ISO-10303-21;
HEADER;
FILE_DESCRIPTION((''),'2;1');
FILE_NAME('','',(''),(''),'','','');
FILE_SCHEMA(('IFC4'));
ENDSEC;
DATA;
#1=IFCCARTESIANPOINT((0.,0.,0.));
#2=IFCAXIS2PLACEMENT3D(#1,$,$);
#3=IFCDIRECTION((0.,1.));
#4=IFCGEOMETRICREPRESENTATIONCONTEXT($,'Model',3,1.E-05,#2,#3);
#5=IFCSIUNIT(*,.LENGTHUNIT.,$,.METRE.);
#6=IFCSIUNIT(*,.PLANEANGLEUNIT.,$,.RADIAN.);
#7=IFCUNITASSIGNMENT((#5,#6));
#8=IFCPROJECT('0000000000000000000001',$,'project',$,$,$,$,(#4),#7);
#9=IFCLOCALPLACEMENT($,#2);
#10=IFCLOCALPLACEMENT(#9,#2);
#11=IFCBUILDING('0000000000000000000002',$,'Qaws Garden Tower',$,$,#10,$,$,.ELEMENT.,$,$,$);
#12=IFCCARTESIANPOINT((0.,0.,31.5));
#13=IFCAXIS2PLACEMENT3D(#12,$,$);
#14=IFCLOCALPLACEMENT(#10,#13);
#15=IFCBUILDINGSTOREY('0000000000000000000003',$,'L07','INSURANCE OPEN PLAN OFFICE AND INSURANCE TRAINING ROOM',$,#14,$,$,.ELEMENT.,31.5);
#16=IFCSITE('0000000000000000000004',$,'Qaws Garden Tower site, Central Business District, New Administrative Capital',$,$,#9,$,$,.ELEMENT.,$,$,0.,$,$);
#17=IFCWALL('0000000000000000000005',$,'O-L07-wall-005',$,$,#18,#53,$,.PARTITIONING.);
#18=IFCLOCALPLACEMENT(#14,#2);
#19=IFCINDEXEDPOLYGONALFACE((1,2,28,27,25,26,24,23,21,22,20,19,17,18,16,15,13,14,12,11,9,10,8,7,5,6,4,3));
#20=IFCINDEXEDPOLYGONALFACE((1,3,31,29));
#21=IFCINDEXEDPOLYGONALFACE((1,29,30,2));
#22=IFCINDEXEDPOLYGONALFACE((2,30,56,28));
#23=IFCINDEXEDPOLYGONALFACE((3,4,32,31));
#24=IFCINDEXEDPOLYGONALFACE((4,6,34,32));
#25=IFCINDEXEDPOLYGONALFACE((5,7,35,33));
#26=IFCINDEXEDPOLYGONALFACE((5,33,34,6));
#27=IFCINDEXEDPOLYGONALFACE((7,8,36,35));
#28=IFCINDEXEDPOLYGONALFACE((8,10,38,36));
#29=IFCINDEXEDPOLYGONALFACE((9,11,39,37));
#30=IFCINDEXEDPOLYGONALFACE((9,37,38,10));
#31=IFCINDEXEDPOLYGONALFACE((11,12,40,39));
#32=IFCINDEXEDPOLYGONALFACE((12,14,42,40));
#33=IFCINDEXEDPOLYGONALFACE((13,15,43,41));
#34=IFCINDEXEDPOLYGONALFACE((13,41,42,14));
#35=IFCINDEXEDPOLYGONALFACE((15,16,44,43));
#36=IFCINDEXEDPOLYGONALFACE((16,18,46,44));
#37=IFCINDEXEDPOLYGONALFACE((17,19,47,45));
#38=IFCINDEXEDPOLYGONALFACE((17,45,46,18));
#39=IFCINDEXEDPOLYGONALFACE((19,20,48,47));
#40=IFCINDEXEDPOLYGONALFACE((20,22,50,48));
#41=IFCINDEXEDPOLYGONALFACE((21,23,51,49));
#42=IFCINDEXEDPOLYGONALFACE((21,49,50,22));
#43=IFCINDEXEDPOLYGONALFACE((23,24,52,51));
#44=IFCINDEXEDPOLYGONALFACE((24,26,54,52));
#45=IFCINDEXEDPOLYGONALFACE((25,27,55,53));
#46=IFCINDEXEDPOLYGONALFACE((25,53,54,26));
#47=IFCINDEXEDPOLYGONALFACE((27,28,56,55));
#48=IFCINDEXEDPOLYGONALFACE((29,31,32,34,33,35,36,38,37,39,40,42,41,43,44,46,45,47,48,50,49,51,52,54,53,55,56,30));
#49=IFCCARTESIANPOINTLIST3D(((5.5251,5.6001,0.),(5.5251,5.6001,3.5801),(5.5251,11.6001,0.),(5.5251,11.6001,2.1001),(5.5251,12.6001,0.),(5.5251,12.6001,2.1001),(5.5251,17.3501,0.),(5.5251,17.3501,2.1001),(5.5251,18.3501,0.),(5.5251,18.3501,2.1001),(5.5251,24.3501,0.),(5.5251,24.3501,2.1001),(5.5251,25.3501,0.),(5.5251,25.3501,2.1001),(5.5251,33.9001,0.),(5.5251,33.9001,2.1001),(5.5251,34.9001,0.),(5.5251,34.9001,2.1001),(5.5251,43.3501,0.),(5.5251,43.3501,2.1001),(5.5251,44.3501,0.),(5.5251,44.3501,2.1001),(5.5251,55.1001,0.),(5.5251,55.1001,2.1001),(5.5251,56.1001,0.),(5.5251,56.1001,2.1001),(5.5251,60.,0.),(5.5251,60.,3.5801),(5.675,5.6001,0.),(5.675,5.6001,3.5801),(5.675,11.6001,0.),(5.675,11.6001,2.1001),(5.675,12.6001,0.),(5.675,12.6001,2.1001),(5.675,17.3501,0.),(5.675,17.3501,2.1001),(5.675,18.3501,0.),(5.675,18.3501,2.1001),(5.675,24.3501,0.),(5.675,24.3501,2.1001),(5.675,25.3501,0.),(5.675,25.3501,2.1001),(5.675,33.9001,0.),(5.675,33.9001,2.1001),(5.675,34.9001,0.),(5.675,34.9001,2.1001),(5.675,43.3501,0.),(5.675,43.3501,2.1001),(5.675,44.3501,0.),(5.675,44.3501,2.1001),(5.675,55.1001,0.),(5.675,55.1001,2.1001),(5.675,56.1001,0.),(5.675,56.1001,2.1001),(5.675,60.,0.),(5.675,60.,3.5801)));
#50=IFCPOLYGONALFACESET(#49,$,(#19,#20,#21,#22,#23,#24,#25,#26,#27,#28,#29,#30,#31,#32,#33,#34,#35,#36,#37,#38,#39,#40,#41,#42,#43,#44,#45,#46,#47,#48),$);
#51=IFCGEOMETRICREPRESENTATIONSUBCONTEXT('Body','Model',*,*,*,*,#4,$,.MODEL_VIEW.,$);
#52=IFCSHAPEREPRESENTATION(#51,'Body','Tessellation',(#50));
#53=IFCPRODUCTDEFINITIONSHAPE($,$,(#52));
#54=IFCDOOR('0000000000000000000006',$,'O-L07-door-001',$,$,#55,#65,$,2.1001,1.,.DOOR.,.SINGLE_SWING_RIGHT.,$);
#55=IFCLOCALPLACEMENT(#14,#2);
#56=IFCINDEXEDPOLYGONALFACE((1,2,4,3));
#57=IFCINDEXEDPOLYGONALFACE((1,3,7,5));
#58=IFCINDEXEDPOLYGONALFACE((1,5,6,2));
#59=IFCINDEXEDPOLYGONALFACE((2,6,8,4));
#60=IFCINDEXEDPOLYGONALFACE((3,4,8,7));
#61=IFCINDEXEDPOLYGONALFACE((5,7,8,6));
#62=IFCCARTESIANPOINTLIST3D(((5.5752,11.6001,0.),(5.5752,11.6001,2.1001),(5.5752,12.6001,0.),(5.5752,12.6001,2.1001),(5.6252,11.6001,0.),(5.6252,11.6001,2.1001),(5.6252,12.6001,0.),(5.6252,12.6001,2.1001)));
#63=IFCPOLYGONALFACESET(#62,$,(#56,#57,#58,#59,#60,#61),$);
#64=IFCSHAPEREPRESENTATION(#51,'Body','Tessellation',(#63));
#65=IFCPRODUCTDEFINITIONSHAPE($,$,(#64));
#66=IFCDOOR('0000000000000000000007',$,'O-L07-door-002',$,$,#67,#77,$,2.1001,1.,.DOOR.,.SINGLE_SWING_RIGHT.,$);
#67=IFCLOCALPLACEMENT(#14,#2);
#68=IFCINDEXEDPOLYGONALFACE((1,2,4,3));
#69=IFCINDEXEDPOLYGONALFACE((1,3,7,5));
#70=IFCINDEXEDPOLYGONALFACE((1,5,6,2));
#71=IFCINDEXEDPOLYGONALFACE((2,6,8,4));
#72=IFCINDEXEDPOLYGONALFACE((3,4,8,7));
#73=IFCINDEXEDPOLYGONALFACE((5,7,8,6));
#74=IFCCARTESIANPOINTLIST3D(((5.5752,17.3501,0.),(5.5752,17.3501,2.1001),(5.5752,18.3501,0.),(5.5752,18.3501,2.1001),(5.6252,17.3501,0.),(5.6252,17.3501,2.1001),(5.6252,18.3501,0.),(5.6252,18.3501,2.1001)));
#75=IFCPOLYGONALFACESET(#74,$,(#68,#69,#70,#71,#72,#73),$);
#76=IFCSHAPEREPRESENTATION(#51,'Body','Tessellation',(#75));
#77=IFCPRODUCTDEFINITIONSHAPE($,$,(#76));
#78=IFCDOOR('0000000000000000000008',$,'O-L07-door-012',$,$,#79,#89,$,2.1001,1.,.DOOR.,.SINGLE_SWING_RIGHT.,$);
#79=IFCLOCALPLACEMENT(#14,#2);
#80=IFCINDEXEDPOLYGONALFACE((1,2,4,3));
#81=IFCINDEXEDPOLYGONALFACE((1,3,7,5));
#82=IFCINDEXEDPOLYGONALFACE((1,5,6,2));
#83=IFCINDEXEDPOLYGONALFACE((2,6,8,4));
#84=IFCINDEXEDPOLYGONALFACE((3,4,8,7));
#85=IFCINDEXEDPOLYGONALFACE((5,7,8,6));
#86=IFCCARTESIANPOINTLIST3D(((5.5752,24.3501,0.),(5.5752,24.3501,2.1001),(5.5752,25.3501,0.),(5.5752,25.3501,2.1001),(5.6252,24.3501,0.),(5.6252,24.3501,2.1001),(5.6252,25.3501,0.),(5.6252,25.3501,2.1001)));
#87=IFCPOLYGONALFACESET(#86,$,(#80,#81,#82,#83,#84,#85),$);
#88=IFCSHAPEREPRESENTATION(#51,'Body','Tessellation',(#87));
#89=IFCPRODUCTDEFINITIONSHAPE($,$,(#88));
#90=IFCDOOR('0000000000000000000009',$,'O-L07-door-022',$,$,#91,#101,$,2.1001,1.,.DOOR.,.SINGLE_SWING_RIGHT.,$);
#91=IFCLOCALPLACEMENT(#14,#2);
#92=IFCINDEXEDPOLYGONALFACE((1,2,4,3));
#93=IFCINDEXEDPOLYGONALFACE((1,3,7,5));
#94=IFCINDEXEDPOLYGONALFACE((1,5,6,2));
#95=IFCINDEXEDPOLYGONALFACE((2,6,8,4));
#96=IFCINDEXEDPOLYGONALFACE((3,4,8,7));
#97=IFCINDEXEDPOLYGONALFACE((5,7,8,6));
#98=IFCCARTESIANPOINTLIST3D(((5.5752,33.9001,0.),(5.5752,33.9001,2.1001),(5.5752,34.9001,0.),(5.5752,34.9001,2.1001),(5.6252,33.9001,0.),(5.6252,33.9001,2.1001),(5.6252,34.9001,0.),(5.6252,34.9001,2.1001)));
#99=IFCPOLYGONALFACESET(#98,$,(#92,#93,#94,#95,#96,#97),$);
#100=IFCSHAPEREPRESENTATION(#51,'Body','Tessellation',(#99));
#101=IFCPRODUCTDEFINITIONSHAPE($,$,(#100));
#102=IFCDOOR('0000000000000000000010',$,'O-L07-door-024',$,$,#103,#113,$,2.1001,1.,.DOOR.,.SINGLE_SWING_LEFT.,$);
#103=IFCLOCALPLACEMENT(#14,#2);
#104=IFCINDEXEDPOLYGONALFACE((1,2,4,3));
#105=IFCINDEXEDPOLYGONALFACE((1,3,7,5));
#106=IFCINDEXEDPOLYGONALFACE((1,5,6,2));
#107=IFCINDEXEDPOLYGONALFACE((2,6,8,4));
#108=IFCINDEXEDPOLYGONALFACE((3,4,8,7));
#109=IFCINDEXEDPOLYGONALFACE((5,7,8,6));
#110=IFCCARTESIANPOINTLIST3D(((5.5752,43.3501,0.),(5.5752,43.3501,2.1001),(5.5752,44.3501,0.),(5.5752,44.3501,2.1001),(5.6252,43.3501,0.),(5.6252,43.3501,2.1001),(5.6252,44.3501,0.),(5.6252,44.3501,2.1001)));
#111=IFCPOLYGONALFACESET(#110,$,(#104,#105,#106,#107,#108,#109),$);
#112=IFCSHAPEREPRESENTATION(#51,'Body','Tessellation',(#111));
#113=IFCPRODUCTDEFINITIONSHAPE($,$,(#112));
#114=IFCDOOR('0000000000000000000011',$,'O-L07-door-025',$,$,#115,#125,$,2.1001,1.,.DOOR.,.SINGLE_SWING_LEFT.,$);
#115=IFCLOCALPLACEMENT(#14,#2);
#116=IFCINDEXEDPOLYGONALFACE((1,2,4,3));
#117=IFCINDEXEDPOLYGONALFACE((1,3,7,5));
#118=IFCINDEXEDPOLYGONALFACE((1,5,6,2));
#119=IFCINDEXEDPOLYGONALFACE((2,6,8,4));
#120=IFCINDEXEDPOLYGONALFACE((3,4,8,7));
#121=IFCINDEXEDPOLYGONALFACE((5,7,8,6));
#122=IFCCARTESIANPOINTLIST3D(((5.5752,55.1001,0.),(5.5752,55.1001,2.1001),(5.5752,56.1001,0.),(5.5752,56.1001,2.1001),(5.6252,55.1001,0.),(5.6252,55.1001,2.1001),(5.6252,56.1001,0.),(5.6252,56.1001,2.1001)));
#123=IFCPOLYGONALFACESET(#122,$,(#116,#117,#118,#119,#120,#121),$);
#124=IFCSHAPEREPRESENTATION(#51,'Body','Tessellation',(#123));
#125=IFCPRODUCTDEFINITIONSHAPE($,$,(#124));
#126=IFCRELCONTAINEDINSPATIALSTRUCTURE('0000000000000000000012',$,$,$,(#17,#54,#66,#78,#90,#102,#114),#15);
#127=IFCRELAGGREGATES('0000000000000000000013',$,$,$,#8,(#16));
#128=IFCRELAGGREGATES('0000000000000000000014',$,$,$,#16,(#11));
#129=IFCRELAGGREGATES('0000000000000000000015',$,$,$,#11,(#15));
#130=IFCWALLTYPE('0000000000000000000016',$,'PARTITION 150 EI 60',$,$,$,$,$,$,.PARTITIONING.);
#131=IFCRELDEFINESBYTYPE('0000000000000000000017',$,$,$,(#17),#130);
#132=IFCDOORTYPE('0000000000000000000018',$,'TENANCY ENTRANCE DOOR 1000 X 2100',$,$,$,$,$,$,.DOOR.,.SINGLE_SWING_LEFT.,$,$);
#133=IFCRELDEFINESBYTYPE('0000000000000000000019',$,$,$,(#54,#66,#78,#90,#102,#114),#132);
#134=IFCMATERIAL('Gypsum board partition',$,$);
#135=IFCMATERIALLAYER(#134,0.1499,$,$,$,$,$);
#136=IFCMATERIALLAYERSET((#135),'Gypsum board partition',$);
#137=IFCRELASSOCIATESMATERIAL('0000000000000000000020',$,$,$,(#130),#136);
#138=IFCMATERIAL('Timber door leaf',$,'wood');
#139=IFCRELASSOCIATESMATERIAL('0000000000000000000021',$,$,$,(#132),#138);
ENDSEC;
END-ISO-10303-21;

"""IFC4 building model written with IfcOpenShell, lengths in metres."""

from ifc_helpers import new_model, si_unit, direction, frame, frame_2d, origin, place, context, subcontext, project, spatial, rectangle, extrude, material, layer, layer_set, type_object, element, fill, save


model = new_model("IFC4")

# Units and contexts
model_context = context("Model", 3, precision=1e-05, world=origin(), true_north=direction((0.0, 1.0)))
body_context = subcontext(model_context, "Body", "Model", "MODEL_VIEW")
ifc_project = project(units=[si_unit("LENGTHUNIT", "METRE"), si_unit("PLANEANGLEUNIT", "RADIAN")], contexts=[model_context])

# Site, building, storey
site_placement = place(None, origin())
site = spatial("IfcSite", under=ifc_project, at=site_placement, Name="Qaws Garden Tower site, Central Business District, New Administrative Capital", CompositionType="ELEMENT", RefElevation=0.0)
building_placement = place(site_placement, origin())
building = spatial("IfcBuilding", under=site, at=building_placement, Name="Qaws Garden Tower", CompositionType="ELEMENT")
storey_placement = place(building_placement, frame((0.0, 0.0, 31.5)))
storey = spatial("IfcBuildingStorey", under=building, at=storey_placement, Name="L07", Description="INSURANCE OPEN PLAN OFFICE AND INSURANCE TRAINING ROOM", CompositionType="ELEMENT", Elevation=31.5)

# Wall, openings, doors
ifc_material_1 = material(Name="Gypsum board partition")
ifc_layer_1 = layer(ifc_material_1, 0.1499)
ifc_layer_set_1 = layer_set([ifc_layer_1], Name="Gypsum board partition")
wall_type_1 = type_object("IfcWallType", Name="PARTITION 150 EI 60", PredefinedType="PARTITIONING", material=ifc_layer_set_1)
wall_1_placement = place(storey_placement, frame((5.6001, 5.6001, 0.0), z_axis=(0.0, 0.0, 1.0), x_axis=(0.0, 1.0, 0.0)))
wall_1 = element("IfcWall", 1, at=wall_1_placement, inside=storey, type_object=wall_type_1, Name="O-L07-wall-005", PredefinedType="PARTITIONING", context=body_context, shape_type="SweptSolid", body=[
    extrude(rectangle(XDim=54.3999, YDim=0.1499, at=frame_2d((27.2, 0.0))), origin(), (0.0, 0.0, 1.0), 3.5801),
])
opening_1_placement = place(wall_1_placement, frame((6.0, 0.0, 0.0)))
opening_1 = element("IfcOpeningElement", 2, at=opening_1_placement, cuts=wall_1, PredefinedType="OPENING", context=body_context, shape_type="SweptSolid", body=[
    extrude(rectangle(XDim=1.0, YDim=2.1001, at=frame_2d((0.5, 1.05))), frame((0.0, 0.085, 0.0), z_axis=(0.0, -1.0, 0.0), x_axis=(1.0, 0.0, 0.0)), (0.0, 0.0, 1.0), 0.1699),
])
opening_2_placement = place(wall_1_placement, frame((11.75, 0.0, 0.0)))
opening_2 = element("IfcOpeningElement", 3, at=opening_2_placement, cuts=wall_1, PredefinedType="OPENING", context=body_context, shape_type="SweptSolid", body=[
    extrude(rectangle(XDim=1.0, YDim=2.1001, at=frame_2d((0.5, 1.05))), frame((0.0, 0.085, 0.0), z_axis=(0.0, -1.0, 0.0), x_axis=(1.0, 0.0, 0.0)), (0.0, 0.0, 1.0), 0.1699),
])
opening_3_placement = place(wall_1_placement, frame((18.75, 0.0, 0.0)))
opening_3 = element("IfcOpeningElement", 4, at=opening_3_placement, cuts=wall_1, PredefinedType="OPENING", context=body_context, shape_type="SweptSolid", body=[
    extrude(rectangle(XDim=1.0, YDim=2.1001, at=frame_2d((0.5, 1.05))), frame((0.0, 0.085, 0.0), z_axis=(0.0, -1.0, 0.0), x_axis=(1.0, 0.0, 0.0)), (0.0, 0.0, 1.0), 0.1699),
])
opening_4_placement = place(wall_1_placement, frame((28.3, 0.0, 0.0)))
opening_4 = element("IfcOpeningElement", 5, at=opening_4_placement, cuts=wall_1, PredefinedType="OPENING", context=body_context, shape_type="SweptSolid", body=[
    extrude(rectangle(XDim=1.0, YDim=2.1001, at=frame_2d((0.5, 1.05))), frame((0.0, 0.085, 0.0), z_axis=(0.0, -1.0, 0.0), x_axis=(1.0, 0.0, 0.0)), (0.0, 0.0, 1.0), 0.1699),
])
opening_5_placement = place(wall_1_placement, frame((37.75, 0.0, 0.0)))
opening_5 = element("IfcOpeningElement", 6, at=opening_5_placement, cuts=wall_1, PredefinedType="OPENING", context=body_context, shape_type="SweptSolid", body=[
    extrude(rectangle(XDim=1.0, YDim=2.1001, at=frame_2d((0.5, 1.05))), frame((0.0, 0.085, 0.0), z_axis=(0.0, -1.0, 0.0), x_axis=(1.0, 0.0, 0.0)), (0.0, 0.0, 1.0), 0.1699),
])
opening_6_placement = place(wall_1_placement, frame((49.5, 0.0, 0.0)))
opening_6 = element("IfcOpeningElement", 7, at=opening_6_placement, cuts=wall_1, PredefinedType="OPENING", context=body_context, shape_type="SweptSolid", body=[
    extrude(rectangle(XDim=1.0, YDim=2.1001, at=frame_2d((0.5, 1.05))), frame((0.0, 0.085, 0.0), z_axis=(0.0, -1.0, 0.0), x_axis=(1.0, 0.0, 0.0)), (0.0, 0.0, 1.0), 0.1699),
])
ifc_material_2 = material(Name="Timber door leaf", Category="wood")
door_type_1 = type_object("IfcDoorType", Name="TENANCY ENTRANCE DOOR 1000 X 2100", OperationType="SINGLE_SWING_LEFT", PredefinedType="DOOR", material=ifc_material_2)
door_1_placement = place(opening_1_placement, origin())
door_1 = element("IfcDoor", 8, at=door_1_placement, inside=storey, type_object=door_type_1, Name="O-L07-door-001", OperationType="SINGLE_SWING_RIGHT", OverallHeight=2.1001, OverallWidth=1.0, PredefinedType="DOOR", context=body_context, shape_type="SweptSolid", body=[
    extrude(rectangle(XDim=1.0, YDim=2.1001, at=frame_2d((0.5, 1.05))), frame((0.0, 0.0249, 0.0), z_axis=(0.0, -1.0, 0.0), x_axis=(1.0, 0.0, 0.0)), (0.0, 0.0, 1.0), 0.05),
])
fill(opening_1, door_1)
door_2_placement = place(opening_2_placement, origin())
door_2 = element("IfcDoor", 9, at=door_2_placement, inside=storey, type_object=door_type_1, Name="O-L07-door-002", OperationType="SINGLE_SWING_RIGHT", OverallHeight=2.1001, OverallWidth=1.0, PredefinedType="DOOR", context=body_context, shape_type="SweptSolid", body=[
    extrude(rectangle(XDim=1.0, YDim=2.1001, at=frame_2d((0.5, 1.05))), frame((0.0, 0.0249, 0.0), z_axis=(0.0, -1.0, 0.0), x_axis=(1.0, 0.0, 0.0)), (0.0, 0.0, 1.0), 0.05),
])
fill(opening_2, door_2)
door_3_placement = place(opening_3_placement, origin())
door_3 = element("IfcDoor", 10, at=door_3_placement, inside=storey, type_object=door_type_1, Name="O-L07-door-012", OperationType="SINGLE_SWING_RIGHT", OverallHeight=2.1001, OverallWidth=1.0, PredefinedType="DOOR", context=body_context, shape_type="SweptSolid", body=[
    extrude(rectangle(XDim=1.0, YDim=2.1001, at=frame_2d((0.5, 1.05))), frame((0.0, 0.0249, 0.0), z_axis=(0.0, -1.0, 0.0), x_axis=(1.0, 0.0, 0.0)), (0.0, 0.0, 1.0), 0.05),
])
fill(opening_3, door_3)
door_4_placement = place(opening_4_placement, origin())
door_4 = element("IfcDoor", 11, at=door_4_placement, inside=storey, type_object=door_type_1, Name="O-L07-door-022", OperationType="SINGLE_SWING_RIGHT", OverallHeight=2.1001, OverallWidth=1.0, PredefinedType="DOOR", context=body_context, shape_type="SweptSolid", body=[
    extrude(rectangle(XDim=1.0, YDim=2.1001, at=frame_2d((0.5, 1.05))), frame((0.0, 0.0249, 0.0), z_axis=(0.0, -1.0, 0.0), x_axis=(1.0, 0.0, 0.0)), (0.0, 0.0, 1.0), 0.05),
])
fill(opening_4, door_4)
door_5_placement = place(opening_5_placement, origin())
door_5 = element("IfcDoor", 12, at=door_5_placement, inside=storey, type_object=door_type_1, Name="O-L07-door-024", OperationType="SINGLE_SWING_LEFT", OverallHeight=2.1001, OverallWidth=1.0, PredefinedType="DOOR", context=body_context, shape_type="SweptSolid", body=[
    extrude(rectangle(XDim=1.0, YDim=2.1001, at=frame_2d((0.5, 1.05))), frame((0.0, 0.0249, 0.0), z_axis=(0.0, -1.0, 0.0), x_axis=(1.0, 0.0, 0.0)), (0.0, 0.0, 1.0), 0.05),
])
fill(opening_5, door_5)
door_6_placement = place(opening_6_placement, origin())
door_6 = element("IfcDoor", 13, at=door_6_placement, inside=storey, type_object=door_type_1, Name="O-L07-door-025", OperationType="SINGLE_SWING_LEFT", OverallHeight=2.1001, OverallWidth=1.0, PredefinedType="DOOR", context=body_context, shape_type="SweptSolid", body=[
    extrude(rectangle(XDim=1.0, YDim=2.1001, at=frame_2d((0.5, 1.05))), frame((0.0, 0.0249, 0.0), z_axis=(0.0, -1.0, 0.0), x_axis=(1.0, 0.0, 0.0)), (0.0, 0.0, 1.0), 0.05),
])
fill(opening_6, door_6)

save(model, "model.ifc")
